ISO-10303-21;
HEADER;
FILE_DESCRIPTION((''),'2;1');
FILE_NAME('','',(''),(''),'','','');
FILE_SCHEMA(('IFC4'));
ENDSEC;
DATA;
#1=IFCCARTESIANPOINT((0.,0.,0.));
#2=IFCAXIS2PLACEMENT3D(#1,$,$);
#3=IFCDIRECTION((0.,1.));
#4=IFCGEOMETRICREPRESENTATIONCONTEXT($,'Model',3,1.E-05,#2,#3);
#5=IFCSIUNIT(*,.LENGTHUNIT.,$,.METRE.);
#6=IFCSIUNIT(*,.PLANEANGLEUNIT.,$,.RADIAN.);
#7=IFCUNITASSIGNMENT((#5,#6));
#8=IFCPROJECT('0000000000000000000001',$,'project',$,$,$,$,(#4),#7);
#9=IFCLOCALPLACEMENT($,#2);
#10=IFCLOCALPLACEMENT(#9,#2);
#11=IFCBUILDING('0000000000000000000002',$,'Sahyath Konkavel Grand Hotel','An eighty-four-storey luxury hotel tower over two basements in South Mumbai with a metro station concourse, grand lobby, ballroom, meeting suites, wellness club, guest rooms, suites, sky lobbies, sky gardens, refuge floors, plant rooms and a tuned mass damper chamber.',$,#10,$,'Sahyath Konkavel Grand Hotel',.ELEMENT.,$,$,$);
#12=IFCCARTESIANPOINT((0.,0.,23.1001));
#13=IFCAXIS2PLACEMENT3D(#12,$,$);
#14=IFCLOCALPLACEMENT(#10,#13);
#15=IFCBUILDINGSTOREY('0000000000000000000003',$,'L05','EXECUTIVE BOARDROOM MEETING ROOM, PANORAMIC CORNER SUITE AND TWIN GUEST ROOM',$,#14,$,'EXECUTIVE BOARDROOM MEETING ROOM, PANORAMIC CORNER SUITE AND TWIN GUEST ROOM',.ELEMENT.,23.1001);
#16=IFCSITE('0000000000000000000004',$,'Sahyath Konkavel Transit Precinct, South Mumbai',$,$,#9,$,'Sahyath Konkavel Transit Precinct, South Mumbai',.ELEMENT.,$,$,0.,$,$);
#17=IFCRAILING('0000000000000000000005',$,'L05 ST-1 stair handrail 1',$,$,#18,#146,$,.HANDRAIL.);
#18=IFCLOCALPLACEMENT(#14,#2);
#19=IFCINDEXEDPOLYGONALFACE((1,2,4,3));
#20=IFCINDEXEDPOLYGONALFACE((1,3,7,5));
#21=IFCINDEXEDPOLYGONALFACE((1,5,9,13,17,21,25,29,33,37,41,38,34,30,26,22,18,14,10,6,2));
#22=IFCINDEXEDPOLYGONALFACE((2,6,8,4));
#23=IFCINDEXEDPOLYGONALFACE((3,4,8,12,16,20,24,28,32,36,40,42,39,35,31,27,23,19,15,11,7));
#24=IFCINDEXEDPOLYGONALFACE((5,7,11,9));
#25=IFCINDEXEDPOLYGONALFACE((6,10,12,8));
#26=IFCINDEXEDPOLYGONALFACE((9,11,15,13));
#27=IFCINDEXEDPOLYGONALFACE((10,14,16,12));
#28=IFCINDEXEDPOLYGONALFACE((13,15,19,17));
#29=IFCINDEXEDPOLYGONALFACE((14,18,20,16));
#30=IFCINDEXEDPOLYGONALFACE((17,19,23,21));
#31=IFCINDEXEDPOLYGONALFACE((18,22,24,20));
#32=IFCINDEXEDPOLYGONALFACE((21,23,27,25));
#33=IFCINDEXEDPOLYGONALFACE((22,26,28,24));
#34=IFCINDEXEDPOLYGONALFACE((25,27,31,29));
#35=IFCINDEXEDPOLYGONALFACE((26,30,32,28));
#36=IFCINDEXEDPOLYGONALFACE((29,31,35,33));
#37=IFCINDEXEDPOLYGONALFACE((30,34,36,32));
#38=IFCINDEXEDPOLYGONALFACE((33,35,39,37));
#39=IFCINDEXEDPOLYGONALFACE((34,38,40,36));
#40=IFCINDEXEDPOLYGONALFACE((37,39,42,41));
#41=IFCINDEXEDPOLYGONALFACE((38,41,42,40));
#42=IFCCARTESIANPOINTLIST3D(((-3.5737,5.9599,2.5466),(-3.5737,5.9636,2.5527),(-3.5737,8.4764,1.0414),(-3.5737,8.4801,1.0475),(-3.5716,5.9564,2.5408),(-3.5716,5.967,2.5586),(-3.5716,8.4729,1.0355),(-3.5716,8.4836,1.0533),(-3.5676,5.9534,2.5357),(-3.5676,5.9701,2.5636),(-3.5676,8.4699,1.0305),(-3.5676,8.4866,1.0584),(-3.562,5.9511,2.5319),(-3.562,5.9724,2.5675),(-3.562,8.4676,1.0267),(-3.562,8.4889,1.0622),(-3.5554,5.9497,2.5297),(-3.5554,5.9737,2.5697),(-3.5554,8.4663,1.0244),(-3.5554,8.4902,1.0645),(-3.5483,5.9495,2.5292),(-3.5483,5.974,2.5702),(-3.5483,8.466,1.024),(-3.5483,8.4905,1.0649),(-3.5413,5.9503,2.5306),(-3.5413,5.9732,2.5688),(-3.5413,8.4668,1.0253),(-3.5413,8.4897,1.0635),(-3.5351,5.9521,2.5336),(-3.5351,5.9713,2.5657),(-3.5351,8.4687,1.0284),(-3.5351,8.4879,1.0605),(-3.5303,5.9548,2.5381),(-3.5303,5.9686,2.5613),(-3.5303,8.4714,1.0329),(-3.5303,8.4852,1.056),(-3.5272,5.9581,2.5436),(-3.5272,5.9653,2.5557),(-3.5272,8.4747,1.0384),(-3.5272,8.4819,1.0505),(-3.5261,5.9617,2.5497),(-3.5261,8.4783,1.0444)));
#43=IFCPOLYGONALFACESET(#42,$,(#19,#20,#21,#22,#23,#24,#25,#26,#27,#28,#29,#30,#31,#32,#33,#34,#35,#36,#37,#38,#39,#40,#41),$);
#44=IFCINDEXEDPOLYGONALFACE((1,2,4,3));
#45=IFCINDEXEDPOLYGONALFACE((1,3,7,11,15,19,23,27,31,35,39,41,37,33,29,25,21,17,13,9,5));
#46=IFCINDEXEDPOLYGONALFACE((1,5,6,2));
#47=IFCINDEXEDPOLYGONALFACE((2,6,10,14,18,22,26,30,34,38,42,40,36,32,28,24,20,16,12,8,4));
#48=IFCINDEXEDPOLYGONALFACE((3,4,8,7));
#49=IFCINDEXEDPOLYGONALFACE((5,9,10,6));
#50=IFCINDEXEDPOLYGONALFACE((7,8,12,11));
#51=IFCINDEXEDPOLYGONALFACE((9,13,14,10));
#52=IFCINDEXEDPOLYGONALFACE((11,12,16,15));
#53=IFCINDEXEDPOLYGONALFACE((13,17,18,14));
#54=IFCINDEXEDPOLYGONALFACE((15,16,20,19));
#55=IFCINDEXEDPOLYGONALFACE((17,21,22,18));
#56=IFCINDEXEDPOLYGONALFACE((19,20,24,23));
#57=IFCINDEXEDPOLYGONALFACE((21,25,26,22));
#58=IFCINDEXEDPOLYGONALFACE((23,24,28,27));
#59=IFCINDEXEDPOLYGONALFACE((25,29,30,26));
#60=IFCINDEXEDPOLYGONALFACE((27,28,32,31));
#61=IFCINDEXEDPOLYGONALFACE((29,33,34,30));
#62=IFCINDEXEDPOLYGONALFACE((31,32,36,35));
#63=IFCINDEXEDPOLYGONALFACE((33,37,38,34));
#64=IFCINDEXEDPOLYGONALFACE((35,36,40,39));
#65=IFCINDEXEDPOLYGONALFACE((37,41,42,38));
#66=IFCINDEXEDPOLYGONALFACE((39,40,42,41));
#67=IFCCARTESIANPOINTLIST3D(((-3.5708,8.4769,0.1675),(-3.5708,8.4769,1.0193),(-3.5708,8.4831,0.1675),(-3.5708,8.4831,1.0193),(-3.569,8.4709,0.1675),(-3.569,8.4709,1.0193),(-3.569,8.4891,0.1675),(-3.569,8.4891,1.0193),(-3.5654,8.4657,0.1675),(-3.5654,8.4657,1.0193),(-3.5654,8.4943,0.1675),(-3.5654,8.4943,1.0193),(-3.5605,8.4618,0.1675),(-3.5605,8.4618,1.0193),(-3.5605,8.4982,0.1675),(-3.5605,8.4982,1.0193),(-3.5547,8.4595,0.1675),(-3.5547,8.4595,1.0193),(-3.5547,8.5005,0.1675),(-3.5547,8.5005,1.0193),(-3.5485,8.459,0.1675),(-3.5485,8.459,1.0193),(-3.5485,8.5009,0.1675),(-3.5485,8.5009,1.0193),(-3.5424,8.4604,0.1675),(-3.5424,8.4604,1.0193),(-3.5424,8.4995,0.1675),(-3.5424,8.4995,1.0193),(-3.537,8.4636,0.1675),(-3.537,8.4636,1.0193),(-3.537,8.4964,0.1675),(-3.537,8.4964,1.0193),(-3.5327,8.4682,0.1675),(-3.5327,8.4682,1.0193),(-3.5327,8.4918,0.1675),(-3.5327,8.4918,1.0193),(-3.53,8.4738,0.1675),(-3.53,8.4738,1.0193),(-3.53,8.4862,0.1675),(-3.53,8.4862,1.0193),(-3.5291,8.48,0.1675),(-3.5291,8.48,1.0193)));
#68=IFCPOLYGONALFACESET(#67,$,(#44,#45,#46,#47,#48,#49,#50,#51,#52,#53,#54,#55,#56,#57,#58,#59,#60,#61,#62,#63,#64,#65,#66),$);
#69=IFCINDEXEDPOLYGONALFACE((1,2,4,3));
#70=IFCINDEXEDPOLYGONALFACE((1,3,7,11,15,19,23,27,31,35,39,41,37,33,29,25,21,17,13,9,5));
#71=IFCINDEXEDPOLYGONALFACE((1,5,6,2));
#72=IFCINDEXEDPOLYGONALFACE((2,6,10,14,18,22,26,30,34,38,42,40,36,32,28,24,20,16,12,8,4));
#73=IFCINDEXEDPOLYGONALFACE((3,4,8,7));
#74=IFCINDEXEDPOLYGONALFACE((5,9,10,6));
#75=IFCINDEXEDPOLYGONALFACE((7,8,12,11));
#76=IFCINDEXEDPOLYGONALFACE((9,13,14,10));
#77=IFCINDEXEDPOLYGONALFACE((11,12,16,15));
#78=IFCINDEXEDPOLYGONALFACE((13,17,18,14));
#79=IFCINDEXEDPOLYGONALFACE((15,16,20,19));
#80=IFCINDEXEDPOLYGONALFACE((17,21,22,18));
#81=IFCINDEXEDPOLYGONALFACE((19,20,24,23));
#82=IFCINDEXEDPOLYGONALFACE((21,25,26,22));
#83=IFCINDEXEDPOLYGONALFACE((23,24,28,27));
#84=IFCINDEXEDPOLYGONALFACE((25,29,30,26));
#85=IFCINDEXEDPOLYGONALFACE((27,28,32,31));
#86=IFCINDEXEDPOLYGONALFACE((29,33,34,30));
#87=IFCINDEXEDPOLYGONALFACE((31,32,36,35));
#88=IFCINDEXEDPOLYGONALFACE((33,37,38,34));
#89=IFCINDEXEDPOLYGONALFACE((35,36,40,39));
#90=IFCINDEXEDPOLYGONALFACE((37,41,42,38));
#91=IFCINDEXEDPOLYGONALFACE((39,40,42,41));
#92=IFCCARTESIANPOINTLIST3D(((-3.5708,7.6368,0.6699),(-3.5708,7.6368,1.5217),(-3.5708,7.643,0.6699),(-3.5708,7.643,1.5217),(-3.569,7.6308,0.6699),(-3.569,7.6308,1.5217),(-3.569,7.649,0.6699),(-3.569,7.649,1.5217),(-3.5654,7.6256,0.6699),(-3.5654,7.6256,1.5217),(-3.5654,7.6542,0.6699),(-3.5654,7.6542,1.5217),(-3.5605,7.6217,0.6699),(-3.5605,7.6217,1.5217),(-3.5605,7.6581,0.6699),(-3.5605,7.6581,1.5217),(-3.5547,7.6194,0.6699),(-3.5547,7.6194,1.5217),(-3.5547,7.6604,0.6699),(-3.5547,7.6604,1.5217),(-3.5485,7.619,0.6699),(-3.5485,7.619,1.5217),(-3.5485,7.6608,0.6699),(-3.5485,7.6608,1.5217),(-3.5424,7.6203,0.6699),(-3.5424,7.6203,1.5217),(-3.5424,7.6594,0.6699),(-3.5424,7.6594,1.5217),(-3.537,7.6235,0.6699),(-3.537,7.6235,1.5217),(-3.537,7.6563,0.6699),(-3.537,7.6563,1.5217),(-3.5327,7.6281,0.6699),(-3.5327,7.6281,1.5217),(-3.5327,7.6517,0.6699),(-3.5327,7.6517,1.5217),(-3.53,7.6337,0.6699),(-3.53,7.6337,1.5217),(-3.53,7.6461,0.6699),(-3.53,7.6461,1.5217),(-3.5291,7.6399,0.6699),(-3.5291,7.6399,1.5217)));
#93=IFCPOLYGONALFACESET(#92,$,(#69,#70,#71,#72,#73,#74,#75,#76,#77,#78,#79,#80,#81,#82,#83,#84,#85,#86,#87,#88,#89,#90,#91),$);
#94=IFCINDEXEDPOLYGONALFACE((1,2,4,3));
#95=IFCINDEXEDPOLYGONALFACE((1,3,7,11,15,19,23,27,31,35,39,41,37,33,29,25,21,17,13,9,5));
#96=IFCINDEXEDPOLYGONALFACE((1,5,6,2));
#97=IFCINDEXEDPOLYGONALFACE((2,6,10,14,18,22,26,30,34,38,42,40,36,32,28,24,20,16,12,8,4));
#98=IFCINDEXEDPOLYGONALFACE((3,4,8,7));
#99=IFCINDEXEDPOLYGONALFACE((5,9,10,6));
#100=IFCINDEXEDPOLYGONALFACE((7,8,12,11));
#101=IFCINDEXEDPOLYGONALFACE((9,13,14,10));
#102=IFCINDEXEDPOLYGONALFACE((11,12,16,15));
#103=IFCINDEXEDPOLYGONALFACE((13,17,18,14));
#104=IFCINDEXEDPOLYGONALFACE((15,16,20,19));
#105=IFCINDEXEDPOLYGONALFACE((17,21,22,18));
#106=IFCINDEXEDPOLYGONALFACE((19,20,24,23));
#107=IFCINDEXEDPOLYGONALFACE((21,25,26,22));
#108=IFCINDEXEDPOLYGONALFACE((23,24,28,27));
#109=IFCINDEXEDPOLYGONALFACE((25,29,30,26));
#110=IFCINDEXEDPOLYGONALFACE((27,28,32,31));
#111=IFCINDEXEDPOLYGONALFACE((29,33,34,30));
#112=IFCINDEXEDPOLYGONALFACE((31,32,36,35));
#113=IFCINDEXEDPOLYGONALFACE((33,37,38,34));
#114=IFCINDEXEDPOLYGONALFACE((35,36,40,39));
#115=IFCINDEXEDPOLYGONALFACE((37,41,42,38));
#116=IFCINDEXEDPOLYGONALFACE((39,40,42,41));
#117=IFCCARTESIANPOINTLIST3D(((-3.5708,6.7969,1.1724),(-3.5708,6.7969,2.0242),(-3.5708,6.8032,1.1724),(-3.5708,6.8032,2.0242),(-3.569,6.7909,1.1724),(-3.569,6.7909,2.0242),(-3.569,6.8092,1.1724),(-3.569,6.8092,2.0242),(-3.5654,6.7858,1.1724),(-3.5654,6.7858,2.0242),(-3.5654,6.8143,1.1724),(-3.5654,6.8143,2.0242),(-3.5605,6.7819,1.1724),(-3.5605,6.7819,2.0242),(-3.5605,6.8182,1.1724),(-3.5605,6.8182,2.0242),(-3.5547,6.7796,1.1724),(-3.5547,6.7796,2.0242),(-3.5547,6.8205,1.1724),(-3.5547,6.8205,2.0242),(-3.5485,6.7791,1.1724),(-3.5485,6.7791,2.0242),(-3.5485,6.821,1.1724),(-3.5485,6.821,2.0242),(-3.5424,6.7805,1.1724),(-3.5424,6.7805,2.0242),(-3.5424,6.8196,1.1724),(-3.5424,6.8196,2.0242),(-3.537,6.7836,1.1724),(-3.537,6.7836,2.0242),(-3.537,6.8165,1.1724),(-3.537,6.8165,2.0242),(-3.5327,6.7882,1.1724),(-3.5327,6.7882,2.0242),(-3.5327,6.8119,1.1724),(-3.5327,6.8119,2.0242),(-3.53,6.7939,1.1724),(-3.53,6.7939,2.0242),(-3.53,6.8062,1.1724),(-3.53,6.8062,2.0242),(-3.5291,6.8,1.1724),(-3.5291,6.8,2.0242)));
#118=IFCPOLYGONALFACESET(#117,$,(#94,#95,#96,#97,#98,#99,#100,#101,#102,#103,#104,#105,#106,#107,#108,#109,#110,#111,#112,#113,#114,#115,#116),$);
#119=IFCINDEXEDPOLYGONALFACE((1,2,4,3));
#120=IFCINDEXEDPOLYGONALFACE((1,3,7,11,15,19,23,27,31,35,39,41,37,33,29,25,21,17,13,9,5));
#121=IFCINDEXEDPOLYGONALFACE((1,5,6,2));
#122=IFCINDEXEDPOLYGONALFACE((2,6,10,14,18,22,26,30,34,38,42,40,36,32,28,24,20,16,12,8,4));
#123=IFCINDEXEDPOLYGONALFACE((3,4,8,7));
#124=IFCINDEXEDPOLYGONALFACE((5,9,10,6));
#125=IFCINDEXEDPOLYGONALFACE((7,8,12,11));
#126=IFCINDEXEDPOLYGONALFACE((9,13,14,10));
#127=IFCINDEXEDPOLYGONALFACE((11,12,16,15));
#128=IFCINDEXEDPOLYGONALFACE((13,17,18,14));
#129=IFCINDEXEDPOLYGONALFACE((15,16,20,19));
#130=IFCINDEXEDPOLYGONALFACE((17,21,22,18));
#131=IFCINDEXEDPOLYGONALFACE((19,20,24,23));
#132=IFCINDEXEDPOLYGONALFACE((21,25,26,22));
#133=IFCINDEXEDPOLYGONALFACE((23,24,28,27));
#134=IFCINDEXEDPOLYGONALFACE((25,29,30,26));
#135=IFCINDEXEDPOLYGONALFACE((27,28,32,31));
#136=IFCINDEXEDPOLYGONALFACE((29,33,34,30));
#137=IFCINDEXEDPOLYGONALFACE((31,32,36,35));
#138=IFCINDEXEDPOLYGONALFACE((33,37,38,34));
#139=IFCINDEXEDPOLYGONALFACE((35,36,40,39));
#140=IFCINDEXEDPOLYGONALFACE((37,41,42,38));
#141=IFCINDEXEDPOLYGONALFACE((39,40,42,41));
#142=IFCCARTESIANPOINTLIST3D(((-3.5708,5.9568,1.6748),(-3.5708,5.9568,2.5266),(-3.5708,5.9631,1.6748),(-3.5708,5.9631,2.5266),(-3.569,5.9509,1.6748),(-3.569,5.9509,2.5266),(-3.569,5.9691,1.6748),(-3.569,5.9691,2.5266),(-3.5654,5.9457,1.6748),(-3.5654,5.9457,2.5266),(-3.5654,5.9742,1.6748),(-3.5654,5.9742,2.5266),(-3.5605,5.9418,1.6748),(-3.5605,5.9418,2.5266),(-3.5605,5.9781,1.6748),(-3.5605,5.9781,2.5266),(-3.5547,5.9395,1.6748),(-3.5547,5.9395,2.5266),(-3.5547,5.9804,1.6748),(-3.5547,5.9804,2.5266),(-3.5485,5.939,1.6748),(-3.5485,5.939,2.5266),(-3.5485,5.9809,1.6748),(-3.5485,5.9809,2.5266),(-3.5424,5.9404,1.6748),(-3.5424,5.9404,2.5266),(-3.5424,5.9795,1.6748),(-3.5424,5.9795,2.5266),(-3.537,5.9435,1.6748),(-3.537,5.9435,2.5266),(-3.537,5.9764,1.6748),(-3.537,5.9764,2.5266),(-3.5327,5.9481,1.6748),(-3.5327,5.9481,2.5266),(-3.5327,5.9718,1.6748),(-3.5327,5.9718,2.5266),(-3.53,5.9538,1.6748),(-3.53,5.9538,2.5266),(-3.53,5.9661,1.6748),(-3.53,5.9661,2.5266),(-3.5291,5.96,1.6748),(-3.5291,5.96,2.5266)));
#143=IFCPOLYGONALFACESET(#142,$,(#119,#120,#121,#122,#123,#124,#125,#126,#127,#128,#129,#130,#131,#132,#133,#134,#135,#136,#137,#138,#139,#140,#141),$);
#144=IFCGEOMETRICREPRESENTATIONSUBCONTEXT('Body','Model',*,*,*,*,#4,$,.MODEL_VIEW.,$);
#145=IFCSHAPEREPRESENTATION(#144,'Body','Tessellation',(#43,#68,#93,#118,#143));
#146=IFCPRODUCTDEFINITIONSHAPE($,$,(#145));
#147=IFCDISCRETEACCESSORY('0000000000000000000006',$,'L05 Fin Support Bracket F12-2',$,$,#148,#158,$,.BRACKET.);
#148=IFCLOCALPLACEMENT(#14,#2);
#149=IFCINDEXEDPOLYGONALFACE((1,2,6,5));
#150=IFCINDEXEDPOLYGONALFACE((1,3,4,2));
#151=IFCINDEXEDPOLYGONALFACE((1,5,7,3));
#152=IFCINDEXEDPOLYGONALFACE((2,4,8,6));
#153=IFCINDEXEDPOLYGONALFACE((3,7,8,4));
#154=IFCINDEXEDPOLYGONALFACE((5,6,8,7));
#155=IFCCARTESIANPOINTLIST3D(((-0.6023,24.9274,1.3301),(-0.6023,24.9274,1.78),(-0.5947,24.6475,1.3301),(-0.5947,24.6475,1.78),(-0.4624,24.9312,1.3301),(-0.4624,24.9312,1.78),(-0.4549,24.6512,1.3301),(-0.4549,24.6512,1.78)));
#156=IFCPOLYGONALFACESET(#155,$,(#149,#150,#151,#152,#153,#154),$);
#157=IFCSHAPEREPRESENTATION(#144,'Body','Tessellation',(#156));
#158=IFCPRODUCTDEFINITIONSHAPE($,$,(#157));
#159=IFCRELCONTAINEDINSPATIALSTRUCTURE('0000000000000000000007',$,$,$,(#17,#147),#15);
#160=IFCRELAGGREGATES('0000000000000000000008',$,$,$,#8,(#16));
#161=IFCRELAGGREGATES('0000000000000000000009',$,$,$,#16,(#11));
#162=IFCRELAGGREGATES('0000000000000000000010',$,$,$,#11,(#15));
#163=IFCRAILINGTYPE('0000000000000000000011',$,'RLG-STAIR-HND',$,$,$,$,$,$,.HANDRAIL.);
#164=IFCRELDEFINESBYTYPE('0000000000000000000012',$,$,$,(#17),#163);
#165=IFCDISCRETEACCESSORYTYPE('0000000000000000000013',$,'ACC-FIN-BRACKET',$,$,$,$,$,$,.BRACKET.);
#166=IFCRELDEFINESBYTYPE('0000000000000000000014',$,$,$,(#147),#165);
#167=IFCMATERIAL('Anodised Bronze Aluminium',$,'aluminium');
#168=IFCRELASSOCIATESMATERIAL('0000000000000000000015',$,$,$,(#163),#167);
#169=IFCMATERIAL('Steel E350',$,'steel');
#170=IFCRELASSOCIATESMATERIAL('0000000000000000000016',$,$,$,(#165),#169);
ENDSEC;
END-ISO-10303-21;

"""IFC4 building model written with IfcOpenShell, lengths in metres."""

from ifc_helpers import new_model, si_unit, direction, frame, origin, origin_2d, place, context, subcontext, project, spatial, rectangle, circle, extrude, source, transform, mapped, material, type_object, element, save


model = new_model("IFC4")

# Units and contexts
model_context = context("Model", 3, precision=1e-05, world=origin(), true_north=direction((0.0, 1.0)))
body_context = subcontext(model_context, "Body", "Model", "MODEL_VIEW")
ifc_project = project(units=[si_unit("LENGTHUNIT", "METRE"), si_unit("PLANEANGLEUNIT", "RADIAN")], contexts=[model_context])

# Site, building, storey
site_placement = place(None, origin())
site = spatial("IfcSite", under=ifc_project, at=site_placement, Name="Sahyath Konkavel Transit Precinct, South Mumbai", LongName="Sahyath Konkavel Transit Precinct, South Mumbai", CompositionType="ELEMENT", RefElevation=0.0)
building_placement = place(site_placement, origin())
building = spatial("IfcBuilding", under=site, at=building_placement, Name="Sahyath Konkavel Grand Hotel", Description="An eighty-four-storey luxury hotel tower over two basements in South Mumbai with a metro station concourse, grand lobby, ballroom, meeting suites, wellness club, guest rooms, suites, sky lobbies, sky gardens, refuge floors, plant rooms and a tuned mass damper chamber.", LongName="Sahyath Konkavel Grand Hotel", CompositionType="ELEMENT")
storey_placement = place(building_placement, frame((0.0, 0.0, 23.1001)))
storey = spatial("IfcBuildingStorey", under=building, at=storey_placement, Name="L05", Description="EXECUTIVE BOARDROOM MEETING ROOM, PANORAMIC CORNER SUITE AND TWIN GUEST ROOM", LongName="EXECUTIVE BOARDROOM MEETING ROOM, PANORAMIC CORNER SUITE AND TWIN GUEST ROOM", CompositionType="ELEMENT", Elevation=23.1001)

# Shared definitions
ifc_material_1 = material(Name="Anodised Bronze Aluminium", Category="aluminium")

# Railing
ifc_material_2 = material(Name="Steel E350", Category="steel")
railing_type_1 = type_object("IfcRailingType", Name="RLG-STAIR-HND", PredefinedType="HANDRAIL", material=ifc_material_1)
railing_1_placement = place(storey_placement, frame((-3.55, 8.48, 0.1675)))
element("IfcRailing", 1, at=railing_1_placement, inside=storey, type_object=railing_type_1, Name="L05 ST-1 stair handrail 1", PredefinedType="HANDRAIL", context=body_context, shape_type="SweptSolid", body=[
    extrude(circle(Radius=0.0239, at=origin_2d()), frame((0.0, -0.0017, 0.877), z_axis=(0.0, -0.858196, 0.513321), x_axis=(1.0, 0.0, 0.0)), (0.0, 0.0, 1.0), 2.9324),
    extrude(circle(Radius=0.021, at=origin_2d()), origin(), (0.0, 0.0, 1.0), 0.8518),
    extrude(circle(Radius=0.021, at=origin_2d()), frame((0.0, -0.8401, 0.5024)), (0.0, 0.0, 1.0), 0.8518),
    extrude(circle(Radius=0.021, at=origin_2d()), frame((0.0, -1.6799, 1.0049)), (0.0, 0.0, 1.0), 0.8518),
    extrude(circle(Radius=0.021, at=origin_2d()), frame((0.0, -2.52, 1.5073)), (0.0, 0.0, 1.0), 0.8518),
])

# Discrete accessory
discrete_accessory_type = type_object("IfcDiscreteAccessoryType", Name="ACC-FIN-BRACKET", PredefinedType="BRACKET", material=ifc_material_2)
shared_shape_1 = source(origin(), body_context, "Body", "SweptSolid", [
    extrude(rectangle(XDim=0.28, YDim=0.1399, at=origin_2d()), origin(), (0.0, 0.0, 1.0), 0.45),
])
discrete_accessory_placement = place(storey_placement, frame((-0.5286, 24.7893, 1.3301), z_axis=(0.0, 0.0, 1.0), x_axis=(-0.02691, 0.999638, 0.0)))
element("IfcDiscreteAccessory", 2, at=discrete_accessory_placement, inside=storey, type_object=discrete_accessory_type, Name="L05 Fin Support Bracket F12-2", PredefinedType="BRACKET", context=body_context, shape_type="MappedRepresentation", body=[
    mapped(shared_shape_1, transform((0.0, 0.0, 0.0), scale=1.0)),
])

save(model, "model.ifc")
